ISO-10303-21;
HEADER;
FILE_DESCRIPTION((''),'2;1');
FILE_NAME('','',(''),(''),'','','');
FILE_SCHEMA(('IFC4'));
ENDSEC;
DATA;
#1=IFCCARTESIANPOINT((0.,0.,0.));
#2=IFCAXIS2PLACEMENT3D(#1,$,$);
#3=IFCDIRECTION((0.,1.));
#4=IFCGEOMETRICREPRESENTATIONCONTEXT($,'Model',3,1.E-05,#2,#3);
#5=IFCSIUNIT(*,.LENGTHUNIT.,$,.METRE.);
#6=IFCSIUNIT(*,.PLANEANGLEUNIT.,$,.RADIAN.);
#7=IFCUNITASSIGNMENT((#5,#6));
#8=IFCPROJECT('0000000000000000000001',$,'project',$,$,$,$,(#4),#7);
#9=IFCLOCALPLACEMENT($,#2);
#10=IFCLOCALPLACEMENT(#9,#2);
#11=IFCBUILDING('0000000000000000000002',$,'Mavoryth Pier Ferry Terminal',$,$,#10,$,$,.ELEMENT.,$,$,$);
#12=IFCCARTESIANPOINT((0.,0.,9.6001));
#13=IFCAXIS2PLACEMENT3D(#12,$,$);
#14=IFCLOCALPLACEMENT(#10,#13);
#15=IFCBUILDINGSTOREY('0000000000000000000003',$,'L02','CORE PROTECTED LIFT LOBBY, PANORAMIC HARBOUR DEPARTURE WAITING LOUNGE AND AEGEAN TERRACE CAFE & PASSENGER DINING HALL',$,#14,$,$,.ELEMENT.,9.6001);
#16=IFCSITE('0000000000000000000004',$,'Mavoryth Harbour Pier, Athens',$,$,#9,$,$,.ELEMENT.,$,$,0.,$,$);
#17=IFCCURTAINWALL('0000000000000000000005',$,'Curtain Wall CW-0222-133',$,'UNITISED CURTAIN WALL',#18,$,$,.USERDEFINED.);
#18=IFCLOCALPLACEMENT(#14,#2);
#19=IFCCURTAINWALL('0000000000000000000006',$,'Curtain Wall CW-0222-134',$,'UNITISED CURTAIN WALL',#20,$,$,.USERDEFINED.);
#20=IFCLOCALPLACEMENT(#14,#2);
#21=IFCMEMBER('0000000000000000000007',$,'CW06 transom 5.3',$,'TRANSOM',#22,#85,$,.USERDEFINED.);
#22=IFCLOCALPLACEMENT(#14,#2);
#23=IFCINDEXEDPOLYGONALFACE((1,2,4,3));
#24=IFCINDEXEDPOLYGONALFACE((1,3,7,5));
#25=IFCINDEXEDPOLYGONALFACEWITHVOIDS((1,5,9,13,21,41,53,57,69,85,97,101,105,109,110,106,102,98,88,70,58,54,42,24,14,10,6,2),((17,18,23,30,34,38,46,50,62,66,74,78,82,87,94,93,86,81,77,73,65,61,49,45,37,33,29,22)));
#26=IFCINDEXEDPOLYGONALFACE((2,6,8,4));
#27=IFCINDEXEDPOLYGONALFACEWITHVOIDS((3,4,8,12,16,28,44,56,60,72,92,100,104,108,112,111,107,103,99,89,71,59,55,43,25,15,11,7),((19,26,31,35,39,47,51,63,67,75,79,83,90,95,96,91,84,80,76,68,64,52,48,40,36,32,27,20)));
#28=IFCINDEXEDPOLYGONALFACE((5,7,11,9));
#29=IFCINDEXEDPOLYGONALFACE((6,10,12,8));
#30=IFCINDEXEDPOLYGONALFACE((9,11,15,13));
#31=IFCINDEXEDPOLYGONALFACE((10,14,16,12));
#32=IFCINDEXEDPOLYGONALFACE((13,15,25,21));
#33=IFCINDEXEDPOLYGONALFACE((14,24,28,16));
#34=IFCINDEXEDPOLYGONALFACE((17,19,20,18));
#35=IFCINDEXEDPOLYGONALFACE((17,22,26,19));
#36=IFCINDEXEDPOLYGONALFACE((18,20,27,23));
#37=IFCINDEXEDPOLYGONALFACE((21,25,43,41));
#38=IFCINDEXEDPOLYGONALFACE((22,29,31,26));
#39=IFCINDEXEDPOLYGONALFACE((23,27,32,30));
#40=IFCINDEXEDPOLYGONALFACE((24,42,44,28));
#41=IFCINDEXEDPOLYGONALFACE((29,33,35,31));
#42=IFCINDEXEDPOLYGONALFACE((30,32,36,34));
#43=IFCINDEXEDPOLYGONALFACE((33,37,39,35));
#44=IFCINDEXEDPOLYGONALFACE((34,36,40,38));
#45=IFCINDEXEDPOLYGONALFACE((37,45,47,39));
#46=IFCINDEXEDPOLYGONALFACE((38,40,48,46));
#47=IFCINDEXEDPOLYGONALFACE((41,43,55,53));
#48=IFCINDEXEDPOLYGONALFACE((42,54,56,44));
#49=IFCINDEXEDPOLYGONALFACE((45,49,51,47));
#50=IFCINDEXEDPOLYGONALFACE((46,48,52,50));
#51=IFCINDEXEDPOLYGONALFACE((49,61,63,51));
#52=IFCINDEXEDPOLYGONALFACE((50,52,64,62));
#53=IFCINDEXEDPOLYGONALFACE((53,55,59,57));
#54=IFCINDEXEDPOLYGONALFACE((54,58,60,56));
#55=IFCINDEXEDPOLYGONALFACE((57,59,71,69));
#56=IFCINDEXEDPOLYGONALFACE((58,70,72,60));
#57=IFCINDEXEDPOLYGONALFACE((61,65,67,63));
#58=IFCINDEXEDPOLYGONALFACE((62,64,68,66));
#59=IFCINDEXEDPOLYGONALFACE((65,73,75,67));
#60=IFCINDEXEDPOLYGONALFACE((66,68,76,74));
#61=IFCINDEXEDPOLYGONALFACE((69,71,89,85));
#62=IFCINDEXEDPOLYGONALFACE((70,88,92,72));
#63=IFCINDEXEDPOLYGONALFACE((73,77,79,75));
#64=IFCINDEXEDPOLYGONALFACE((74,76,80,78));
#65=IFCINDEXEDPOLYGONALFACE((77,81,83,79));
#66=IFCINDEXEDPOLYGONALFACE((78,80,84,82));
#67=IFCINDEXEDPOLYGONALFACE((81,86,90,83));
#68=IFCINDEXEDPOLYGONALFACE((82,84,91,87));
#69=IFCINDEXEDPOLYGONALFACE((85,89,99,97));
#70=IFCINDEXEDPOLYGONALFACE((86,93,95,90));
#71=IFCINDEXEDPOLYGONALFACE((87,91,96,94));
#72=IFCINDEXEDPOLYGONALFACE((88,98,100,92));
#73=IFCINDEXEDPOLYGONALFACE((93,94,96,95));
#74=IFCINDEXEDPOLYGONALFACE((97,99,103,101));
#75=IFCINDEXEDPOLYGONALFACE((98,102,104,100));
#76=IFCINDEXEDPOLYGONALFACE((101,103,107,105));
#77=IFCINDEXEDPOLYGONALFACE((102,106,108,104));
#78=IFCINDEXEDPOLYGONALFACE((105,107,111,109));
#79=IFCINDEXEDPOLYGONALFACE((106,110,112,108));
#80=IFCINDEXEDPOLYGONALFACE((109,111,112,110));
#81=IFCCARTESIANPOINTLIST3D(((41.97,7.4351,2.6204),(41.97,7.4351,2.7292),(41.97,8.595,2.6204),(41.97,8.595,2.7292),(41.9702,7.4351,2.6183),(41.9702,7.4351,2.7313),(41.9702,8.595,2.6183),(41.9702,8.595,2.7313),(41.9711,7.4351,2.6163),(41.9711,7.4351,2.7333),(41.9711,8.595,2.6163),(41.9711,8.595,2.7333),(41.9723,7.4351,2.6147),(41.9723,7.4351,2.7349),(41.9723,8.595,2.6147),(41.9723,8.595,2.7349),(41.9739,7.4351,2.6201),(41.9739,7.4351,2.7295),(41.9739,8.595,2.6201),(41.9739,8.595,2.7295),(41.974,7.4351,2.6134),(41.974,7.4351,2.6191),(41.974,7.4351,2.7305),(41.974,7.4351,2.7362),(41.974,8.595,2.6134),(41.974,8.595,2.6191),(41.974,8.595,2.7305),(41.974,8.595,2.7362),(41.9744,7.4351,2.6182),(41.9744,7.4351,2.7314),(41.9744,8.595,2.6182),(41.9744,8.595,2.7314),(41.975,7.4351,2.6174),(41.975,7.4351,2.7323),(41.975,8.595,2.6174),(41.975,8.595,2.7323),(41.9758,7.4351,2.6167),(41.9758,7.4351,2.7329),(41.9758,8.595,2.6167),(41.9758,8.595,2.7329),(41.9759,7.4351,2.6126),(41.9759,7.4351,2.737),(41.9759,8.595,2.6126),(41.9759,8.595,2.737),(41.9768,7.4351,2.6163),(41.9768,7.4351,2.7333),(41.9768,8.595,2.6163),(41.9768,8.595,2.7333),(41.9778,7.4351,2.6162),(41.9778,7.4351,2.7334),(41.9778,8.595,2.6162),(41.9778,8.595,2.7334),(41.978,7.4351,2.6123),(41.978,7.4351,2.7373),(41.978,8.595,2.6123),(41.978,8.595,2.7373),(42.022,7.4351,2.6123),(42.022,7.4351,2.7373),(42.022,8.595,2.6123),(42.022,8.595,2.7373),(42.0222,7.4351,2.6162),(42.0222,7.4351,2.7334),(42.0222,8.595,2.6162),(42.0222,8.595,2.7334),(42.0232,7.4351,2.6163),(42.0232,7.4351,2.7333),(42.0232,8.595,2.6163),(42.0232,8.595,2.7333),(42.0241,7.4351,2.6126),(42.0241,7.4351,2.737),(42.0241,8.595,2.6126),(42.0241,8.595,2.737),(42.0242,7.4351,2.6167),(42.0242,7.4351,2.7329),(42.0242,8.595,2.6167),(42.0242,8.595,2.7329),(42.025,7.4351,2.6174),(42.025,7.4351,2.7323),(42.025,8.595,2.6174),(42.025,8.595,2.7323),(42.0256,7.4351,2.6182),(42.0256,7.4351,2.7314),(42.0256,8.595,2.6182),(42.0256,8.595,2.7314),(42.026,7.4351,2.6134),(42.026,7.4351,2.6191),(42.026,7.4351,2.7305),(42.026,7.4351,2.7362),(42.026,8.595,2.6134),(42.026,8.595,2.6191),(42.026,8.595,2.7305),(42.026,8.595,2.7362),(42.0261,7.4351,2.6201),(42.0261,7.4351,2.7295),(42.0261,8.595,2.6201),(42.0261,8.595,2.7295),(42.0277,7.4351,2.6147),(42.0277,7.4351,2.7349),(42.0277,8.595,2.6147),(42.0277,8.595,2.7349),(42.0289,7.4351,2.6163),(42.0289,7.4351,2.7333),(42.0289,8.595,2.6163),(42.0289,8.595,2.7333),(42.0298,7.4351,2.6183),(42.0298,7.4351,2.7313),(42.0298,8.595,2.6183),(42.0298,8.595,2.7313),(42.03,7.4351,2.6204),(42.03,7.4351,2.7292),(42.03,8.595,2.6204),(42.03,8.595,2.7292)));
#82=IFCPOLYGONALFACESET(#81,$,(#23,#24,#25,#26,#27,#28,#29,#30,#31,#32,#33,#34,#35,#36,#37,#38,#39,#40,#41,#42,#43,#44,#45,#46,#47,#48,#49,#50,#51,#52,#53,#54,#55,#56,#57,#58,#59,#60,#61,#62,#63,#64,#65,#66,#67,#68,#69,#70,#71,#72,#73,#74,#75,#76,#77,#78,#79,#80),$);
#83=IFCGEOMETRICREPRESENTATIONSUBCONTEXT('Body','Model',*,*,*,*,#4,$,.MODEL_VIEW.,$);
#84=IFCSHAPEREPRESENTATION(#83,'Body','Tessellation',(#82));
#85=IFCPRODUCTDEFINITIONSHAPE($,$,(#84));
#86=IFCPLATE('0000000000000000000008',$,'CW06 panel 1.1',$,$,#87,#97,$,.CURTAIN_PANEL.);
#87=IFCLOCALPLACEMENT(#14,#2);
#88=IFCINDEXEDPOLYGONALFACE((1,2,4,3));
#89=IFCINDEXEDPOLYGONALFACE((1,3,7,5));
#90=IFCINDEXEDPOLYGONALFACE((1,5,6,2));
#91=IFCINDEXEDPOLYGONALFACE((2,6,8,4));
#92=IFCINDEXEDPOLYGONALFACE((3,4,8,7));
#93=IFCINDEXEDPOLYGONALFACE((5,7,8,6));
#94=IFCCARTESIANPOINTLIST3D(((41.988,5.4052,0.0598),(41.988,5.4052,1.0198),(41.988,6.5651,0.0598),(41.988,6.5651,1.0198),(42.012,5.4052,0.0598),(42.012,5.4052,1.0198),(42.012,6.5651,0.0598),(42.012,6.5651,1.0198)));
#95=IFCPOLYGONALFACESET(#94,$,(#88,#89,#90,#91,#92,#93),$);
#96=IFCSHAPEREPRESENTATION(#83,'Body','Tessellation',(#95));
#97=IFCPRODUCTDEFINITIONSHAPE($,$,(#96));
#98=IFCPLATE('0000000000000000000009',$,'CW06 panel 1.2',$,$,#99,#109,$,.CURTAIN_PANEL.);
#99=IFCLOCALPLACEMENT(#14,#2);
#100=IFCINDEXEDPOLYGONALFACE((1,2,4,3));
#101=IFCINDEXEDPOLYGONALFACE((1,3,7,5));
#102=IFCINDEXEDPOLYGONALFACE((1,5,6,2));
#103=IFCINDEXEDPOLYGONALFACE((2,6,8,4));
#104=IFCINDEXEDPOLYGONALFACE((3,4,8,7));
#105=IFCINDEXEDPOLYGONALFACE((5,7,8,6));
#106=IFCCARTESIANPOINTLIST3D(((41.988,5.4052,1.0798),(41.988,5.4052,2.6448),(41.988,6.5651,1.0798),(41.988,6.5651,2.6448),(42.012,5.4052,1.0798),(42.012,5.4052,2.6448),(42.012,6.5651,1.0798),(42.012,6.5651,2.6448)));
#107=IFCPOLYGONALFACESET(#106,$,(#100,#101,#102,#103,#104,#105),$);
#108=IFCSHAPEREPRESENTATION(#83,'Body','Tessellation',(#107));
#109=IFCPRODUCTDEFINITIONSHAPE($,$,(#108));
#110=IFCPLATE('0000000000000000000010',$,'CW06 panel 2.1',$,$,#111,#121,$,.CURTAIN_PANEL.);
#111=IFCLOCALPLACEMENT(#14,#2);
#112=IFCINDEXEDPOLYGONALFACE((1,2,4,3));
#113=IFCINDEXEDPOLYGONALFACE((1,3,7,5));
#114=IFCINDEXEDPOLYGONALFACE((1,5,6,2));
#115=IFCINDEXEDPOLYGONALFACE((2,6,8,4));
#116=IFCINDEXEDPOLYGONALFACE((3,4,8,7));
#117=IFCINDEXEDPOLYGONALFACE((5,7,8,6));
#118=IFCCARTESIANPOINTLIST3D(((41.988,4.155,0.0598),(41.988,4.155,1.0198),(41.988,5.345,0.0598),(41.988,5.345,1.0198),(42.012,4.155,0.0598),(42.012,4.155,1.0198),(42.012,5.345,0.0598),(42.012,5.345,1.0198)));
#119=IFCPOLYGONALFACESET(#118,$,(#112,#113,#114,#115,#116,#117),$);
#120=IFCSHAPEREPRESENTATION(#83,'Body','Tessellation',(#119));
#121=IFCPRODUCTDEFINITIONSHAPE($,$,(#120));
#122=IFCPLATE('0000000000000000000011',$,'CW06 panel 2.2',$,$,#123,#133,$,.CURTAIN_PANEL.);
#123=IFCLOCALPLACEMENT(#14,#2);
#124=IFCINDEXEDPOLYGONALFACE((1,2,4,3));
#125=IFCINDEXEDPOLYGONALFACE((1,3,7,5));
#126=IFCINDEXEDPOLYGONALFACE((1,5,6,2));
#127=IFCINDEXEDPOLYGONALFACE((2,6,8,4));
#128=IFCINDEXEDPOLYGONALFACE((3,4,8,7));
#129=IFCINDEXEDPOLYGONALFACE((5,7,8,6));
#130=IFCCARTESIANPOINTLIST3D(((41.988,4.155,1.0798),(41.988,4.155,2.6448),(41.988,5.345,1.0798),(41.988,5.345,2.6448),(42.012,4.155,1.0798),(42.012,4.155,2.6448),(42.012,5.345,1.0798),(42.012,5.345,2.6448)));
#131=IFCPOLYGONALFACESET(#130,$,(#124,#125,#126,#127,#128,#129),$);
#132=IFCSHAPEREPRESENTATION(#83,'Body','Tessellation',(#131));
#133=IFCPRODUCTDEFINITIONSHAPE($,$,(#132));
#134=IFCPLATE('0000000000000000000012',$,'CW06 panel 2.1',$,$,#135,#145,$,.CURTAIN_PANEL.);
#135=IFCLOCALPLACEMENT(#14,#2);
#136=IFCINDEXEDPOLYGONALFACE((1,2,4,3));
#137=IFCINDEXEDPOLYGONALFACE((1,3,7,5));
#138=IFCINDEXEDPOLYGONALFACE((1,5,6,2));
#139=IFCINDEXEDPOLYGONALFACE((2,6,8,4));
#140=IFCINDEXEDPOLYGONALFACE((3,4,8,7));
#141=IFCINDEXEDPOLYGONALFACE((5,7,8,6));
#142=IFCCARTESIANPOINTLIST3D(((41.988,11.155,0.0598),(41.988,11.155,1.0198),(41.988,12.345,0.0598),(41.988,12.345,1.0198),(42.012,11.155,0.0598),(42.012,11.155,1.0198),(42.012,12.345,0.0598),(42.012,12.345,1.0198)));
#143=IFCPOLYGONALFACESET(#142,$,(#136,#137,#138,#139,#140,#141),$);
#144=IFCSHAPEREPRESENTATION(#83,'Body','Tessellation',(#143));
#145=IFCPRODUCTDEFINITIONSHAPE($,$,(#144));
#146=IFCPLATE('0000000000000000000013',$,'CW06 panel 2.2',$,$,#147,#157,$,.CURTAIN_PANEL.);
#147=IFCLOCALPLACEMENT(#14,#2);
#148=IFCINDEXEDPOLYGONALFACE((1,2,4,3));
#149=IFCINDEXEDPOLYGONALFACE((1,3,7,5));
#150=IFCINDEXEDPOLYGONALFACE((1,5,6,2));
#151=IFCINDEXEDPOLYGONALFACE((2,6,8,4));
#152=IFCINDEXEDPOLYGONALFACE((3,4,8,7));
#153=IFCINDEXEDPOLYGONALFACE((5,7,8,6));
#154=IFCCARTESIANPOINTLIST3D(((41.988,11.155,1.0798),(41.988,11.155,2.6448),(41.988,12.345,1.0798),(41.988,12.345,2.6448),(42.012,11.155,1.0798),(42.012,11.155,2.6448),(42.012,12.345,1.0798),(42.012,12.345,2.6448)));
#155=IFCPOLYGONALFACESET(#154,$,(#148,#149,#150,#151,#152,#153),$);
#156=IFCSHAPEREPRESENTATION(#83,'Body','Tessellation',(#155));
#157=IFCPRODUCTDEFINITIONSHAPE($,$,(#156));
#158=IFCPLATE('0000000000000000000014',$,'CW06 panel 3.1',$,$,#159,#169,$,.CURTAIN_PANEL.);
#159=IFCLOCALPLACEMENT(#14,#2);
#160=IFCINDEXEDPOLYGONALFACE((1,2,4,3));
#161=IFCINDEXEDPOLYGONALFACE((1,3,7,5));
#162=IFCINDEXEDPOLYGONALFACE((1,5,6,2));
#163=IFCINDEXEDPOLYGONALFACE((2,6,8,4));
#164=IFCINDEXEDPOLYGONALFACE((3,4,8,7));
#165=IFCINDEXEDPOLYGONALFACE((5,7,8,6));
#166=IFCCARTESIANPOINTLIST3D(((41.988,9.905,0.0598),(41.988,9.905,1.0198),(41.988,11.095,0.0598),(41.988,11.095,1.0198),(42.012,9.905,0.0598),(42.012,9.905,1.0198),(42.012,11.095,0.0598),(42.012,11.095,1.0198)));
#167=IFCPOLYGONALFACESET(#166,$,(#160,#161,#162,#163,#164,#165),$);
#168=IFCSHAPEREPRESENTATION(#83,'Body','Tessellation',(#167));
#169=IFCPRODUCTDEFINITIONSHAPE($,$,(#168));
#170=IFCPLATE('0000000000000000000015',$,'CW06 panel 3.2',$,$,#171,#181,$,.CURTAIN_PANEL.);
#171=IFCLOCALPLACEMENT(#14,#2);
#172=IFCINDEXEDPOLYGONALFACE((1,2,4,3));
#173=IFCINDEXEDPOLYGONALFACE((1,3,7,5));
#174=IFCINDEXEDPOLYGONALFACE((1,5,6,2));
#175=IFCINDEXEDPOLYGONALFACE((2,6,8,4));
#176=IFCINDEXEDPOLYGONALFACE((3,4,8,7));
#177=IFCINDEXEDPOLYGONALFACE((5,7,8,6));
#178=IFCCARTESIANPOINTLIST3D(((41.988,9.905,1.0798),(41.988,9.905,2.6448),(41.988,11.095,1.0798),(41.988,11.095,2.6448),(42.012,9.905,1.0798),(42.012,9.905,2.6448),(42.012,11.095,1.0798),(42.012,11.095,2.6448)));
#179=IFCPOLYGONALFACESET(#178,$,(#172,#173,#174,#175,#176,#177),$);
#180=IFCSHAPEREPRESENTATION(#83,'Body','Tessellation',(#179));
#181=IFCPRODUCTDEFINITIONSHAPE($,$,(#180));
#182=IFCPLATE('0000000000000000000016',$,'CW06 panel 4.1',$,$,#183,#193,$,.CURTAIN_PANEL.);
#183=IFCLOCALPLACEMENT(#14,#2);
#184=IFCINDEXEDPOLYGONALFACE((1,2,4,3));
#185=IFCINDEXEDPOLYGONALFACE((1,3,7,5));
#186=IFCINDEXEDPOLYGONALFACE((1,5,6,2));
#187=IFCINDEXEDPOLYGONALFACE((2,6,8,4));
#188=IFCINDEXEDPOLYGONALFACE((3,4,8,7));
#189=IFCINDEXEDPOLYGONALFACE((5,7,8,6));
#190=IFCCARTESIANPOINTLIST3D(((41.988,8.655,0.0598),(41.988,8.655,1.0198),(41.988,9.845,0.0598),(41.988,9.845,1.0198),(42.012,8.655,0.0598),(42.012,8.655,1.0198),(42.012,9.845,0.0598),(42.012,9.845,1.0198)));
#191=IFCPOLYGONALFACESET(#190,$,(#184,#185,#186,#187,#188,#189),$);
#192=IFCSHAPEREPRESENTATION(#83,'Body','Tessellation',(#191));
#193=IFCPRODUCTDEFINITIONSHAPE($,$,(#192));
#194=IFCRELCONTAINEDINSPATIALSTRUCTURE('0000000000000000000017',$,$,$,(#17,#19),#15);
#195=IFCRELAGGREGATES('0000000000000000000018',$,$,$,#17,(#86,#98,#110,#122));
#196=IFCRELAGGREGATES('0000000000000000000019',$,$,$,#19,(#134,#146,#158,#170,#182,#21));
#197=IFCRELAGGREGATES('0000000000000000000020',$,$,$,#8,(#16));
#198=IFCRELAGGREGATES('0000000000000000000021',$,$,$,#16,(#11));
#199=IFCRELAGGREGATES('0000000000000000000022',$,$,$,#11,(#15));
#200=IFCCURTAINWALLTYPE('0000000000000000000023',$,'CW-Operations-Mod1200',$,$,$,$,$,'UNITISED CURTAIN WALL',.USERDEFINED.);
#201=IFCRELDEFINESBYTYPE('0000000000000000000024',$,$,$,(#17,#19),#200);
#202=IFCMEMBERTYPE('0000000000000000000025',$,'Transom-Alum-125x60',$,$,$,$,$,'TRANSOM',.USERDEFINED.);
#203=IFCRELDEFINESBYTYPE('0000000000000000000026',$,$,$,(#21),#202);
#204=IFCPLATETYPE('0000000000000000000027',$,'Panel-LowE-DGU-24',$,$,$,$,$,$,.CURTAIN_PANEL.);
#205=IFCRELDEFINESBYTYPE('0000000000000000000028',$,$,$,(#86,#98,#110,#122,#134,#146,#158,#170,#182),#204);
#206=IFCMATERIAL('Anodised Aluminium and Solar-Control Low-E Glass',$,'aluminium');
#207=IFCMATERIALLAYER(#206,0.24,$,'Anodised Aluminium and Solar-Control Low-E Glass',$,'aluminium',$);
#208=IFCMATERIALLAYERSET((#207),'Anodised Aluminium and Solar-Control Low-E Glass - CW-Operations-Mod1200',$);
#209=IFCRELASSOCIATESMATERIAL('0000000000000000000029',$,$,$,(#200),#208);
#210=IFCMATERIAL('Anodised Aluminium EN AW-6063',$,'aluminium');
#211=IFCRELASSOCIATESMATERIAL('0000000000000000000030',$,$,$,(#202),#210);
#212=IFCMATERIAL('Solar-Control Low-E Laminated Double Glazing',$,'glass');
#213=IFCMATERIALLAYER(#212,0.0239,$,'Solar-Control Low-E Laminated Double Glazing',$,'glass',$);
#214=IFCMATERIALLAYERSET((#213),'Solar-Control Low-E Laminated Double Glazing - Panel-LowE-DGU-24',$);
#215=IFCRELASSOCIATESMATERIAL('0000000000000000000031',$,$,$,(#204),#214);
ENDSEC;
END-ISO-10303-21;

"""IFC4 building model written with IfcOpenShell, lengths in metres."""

from ifc_helpers import new_model, si_unit, direction, frame, origin, origin_2d, place, context, subcontext, project, spatial, rectangle, hollow_rectangle, extrude, material, layer, layer_set, material_profile, profile_set, type_object, element, aggregate, save


model = new_model("IFC4")

# Units and contexts
model_context = context("Model", 3, precision=1e-05, world=origin(), true_north=direction((0.0, 1.0)))
body_context = subcontext(model_context, "Body", "Model", "MODEL_VIEW")
ifc_project = project(units=[si_unit("LENGTHUNIT", "METRE"), si_unit("PLANEANGLEUNIT", "RADIAN")], contexts=[model_context])

# Site, building, storey
site_placement = place(None, origin())
site = spatial("IfcSite", under=ifc_project, at=site_placement, Name="Mavoryth Harbour Pier, Athens", CompositionType="ELEMENT", RefElevation=0.0)
building_placement = place(site_placement, origin())
building = spatial("IfcBuilding", under=site, at=building_placement, Name="Mavoryth Pier Ferry Terminal", CompositionType="ELEMENT")
storey_placement = place(building_placement, frame((0.0, 0.0, 9.6001)))
storey = spatial("IfcBuildingStorey", under=building, at=storey_placement, Name="L02", Description="CORE PROTECTED LIFT LOBBY, PANORAMIC HARBOUR DEPARTURE WAITING LOUNGE AND AEGEAN TERRACE CAFE & PASSENGER DINING HALL", CompositionType="ELEMENT", Elevation=9.6001)

# Curtain walls
ifc_material_1 = material(Name="Anodised Aluminium and Solar-Control Low-E Glass", Category="aluminium")
ifc_layer_1 = layer(ifc_material_1, 0.24, Name="Anodised Aluminium and Solar-Control Low-E Glass", Category="aluminium")
ifc_layer_set_1 = layer_set([ifc_layer_1], Name="Anodised Aluminium and Solar-Control Low-E Glass - CW-Operations-Mod1200")
curtain_wall_type = type_object("IfcCurtainWallType", Name="CW-Operations-Mod1200", ElementType="UNITISED CURTAIN WALL", PredefinedType="USERDEFINED", material=ifc_layer_set_1)
curtain_wall_1_placement = place(storey_placement, origin())
curtain_wall_1 = element("IfcCurtainWall", 1, at=curtain_wall_1_placement, inside=storey, type_object=curtain_wall_type, Name="Curtain Wall CW-0222-133", ObjectType="UNITISED CURTAIN WALL", PredefinedType="USERDEFINED")
ifc_material_2 = material(Name="Anodised Aluminium EN AW-6063", Category="aluminium")
curtain_wall_2_placement = place(storey_placement, origin())
curtain_wall_2 = element("IfcCurtainWall", 2, at=curtain_wall_2_placement, inside=storey, type_object=curtain_wall_type, Name="Curtain Wall CW-0222-134", ObjectType="UNITISED CURTAIN WALL", PredefinedType="USERDEFINED")

# Member
ifc_material_profile_1 = material_profile(ifc_material_2, hollow_rectangle(XDim=0.0601, YDim=0.125, WallThickness=0.0039, InnerFilletRadius=0.0039, OuterFilletRadius=0.0081, at=origin_2d()), Name="AL-TRAN 125x60x4", Category="aluminium")
ifc_profile_set_1 = profile_set([ifc_material_profile_1], Name="Anodised Aluminium EN AW-6063 - AL-TRAN 125x60x4")
member_type_1 = type_object("IfcMemberType", Name="Transom-Alum-125x60", ElementType="TRANSOM", PredefinedType="USERDEFINED", material=ifc_profile_set_1)
member_1_placement = place(storey_placement, frame((42.0, 8.595, 2.6748), z_axis=(0.0, -1.0, 0.0), x_axis=(1.0, 0.0, 0.0)))
member_1 = element("IfcMember", 3, at=member_1_placement, type_object=member_type_1, Name="CW06 transom 5.3", ObjectType="TRANSOM", PredefinedType="USERDEFINED", context=body_context, shape_type="SweptSolid", body=[
    extrude(hollow_rectangle(XDim=0.0601, YDim=0.125, WallThickness=0.0039, InnerFilletRadius=0.0039, OuterFilletRadius=0.0081, at=origin_2d()), origin(), (0.0, 0.0, 1.0), 1.1599),
])

# Plates
ifc_material_3 = material(Name="Solar-Control Low-E Laminated Double Glazing", Category="glass")
ifc_layer_2 = layer(ifc_material_3, 0.0239, Name="Solar-Control Low-E Laminated Double Glazing", Category="glass")
ifc_layer_set_2 = layer_set([ifc_layer_2], Name="Solar-Control Low-E Laminated Double Glazing - Panel-LowE-DGU-24")
plate_type = type_object("IfcPlateType", Name="Panel-LowE-DGU-24", PredefinedType="CURTAIN_PANEL", material=ifc_layer_set_2)
plate_1_placement = place(storey_placement, frame((42.0, 5.9851, 0.0598), z_axis=(0.0, 0.0, 1.0), x_axis=(0.0, -1.0, 0.0)))
plate_1 = element("IfcPlate", 4, at=plate_1_placement, type_object=plate_type, Name="CW06 panel 1.1", PredefinedType="CURTAIN_PANEL", context=body_context, shape_type="SweptSolid", body=[
    extrude(rectangle(XDim=1.1599, YDim=0.0239, at=origin_2d()), origin(), (0.0, 0.0, 1.0), 0.96),
])
plate_2_placement = place(storey_placement, frame((42.0, 5.9851, 1.0798), z_axis=(0.0, 0.0, 1.0), x_axis=(0.0, -1.0, 0.0)))
plate_2 = element("IfcPlate", 5, at=plate_2_placement, type_object=plate_type, Name="CW06 panel 1.2", PredefinedType="CURTAIN_PANEL", context=body_context, shape_type="SweptSolid", body=[
    extrude(rectangle(XDim=1.1599, YDim=0.0239, at=origin_2d()), origin(), (0.0, 0.0, 1.0), 1.5649),
])
plate_3_placement = place(storey_placement, frame((42.0, 4.75, 0.0598), z_axis=(0.0, 0.0, 1.0), x_axis=(0.0, -1.0, 0.0)))
plate_3 = element("IfcPlate", 6, at=plate_3_placement, type_object=plate_type, Name="CW06 panel 2.1", PredefinedType="CURTAIN_PANEL", context=body_context, shape_type="SweptSolid", body=[
    extrude(rectangle(XDim=1.1899, YDim=0.0239, at=origin_2d()), origin(), (0.0, 0.0, 1.0), 0.96),
])
plate_4_placement = place(storey_placement, frame((42.0, 4.75, 1.0798), z_axis=(0.0, 0.0, 1.0), x_axis=(0.0, -1.0, 0.0)))
plate_4 = element("IfcPlate", 7, at=plate_4_placement, type_object=plate_type, Name="CW06 panel 2.2", PredefinedType="CURTAIN_PANEL", context=body_context, shape_type="SweptSolid", body=[
    extrude(rectangle(XDim=1.1899, YDim=0.0239, at=origin_2d()), origin(), (0.0, 0.0, 1.0), 1.5649),
])
aggregate(curtain_wall_1, [plate_1, plate_2, plate_3, plate_4])
plate_5_placement = place(storey_placement, frame((42.0, 11.75, 0.0598), z_axis=(0.0, 0.0, 1.0), x_axis=(0.0, -1.0, 0.0)))
plate_5 = element("IfcPlate", 8, at=plate_5_placement, type_object=plate_type, Name="CW06 panel 2.1", PredefinedType="CURTAIN_PANEL", context=body_context, shape_type="SweptSolid", body=[
    extrude(rectangle(XDim=1.1899, YDim=0.0239, at=origin_2d()), origin(), (0.0, 0.0, 1.0), 0.96),
])
plate_6_placement = place(storey_placement, frame((42.0, 11.75, 1.0798), z_axis=(0.0, 0.0, 1.0), x_axis=(0.0, -1.0, 0.0)))
plate_6 = element("IfcPlate", 9, at=plate_6_placement, type_object=plate_type, Name="CW06 panel 2.2", PredefinedType="CURTAIN_PANEL", context=body_context, shape_type="SweptSolid", body=[
    extrude(rectangle(XDim=1.1899, YDim=0.0239, at=origin_2d()), origin(), (0.0, 0.0, 1.0), 1.5649),
])
plate_7_placement = place(storey_placement, frame((42.0, 10.5, 0.0598), z_axis=(0.0, 0.0, 1.0), x_axis=(0.0, -1.0, 0.0)))
plate_7 = element("IfcPlate", 10, at=plate_7_placement, type_object=plate_type, Name="CW06 panel 3.1", PredefinedType="CURTAIN_PANEL", context=body_context, shape_type="SweptSolid", body=[
    extrude(rectangle(XDim=1.1899, YDim=0.0239, at=origin_2d()), origin(), (0.0, 0.0, 1.0), 0.96),
])
plate_8_placement = place(storey_placement, frame((42.0, 10.5, 1.0798), z_axis=(0.0, 0.0, 1.0), x_axis=(0.0, -1.0, 0.0)))
plate_8 = element("IfcPlate", 11, at=plate_8_placement, type_object=plate_type, Name="CW06 panel 3.2", PredefinedType="CURTAIN_PANEL", context=body_context, shape_type="SweptSolid", body=[
    extrude(rectangle(XDim=1.1899, YDim=0.0239, at=origin_2d()), origin(), (0.0, 0.0, 1.0), 1.5649),
])
plate_9_placement = place(storey_placement, frame((42.0, 9.25, 0.0598), z_axis=(0.0, 0.0, 1.0), x_axis=(0.0, -1.0, 0.0)))
plate_9 = element("IfcPlate", 12, at=plate_9_placement, type_object=plate_type, Name="CW06 panel 4.1", PredefinedType="CURTAIN_PANEL", context=body_context, shape_type="SweptSolid", body=[
    extrude(rectangle(XDim=1.1899, YDim=0.0239, at=origin_2d()), origin(), (0.0, 0.0, 1.0), 0.96),
])
aggregate(curtain_wall_2, [plate_5, plate_6, plate_7, plate_8, plate_9, member_1])

save(model, "model.ifc")
